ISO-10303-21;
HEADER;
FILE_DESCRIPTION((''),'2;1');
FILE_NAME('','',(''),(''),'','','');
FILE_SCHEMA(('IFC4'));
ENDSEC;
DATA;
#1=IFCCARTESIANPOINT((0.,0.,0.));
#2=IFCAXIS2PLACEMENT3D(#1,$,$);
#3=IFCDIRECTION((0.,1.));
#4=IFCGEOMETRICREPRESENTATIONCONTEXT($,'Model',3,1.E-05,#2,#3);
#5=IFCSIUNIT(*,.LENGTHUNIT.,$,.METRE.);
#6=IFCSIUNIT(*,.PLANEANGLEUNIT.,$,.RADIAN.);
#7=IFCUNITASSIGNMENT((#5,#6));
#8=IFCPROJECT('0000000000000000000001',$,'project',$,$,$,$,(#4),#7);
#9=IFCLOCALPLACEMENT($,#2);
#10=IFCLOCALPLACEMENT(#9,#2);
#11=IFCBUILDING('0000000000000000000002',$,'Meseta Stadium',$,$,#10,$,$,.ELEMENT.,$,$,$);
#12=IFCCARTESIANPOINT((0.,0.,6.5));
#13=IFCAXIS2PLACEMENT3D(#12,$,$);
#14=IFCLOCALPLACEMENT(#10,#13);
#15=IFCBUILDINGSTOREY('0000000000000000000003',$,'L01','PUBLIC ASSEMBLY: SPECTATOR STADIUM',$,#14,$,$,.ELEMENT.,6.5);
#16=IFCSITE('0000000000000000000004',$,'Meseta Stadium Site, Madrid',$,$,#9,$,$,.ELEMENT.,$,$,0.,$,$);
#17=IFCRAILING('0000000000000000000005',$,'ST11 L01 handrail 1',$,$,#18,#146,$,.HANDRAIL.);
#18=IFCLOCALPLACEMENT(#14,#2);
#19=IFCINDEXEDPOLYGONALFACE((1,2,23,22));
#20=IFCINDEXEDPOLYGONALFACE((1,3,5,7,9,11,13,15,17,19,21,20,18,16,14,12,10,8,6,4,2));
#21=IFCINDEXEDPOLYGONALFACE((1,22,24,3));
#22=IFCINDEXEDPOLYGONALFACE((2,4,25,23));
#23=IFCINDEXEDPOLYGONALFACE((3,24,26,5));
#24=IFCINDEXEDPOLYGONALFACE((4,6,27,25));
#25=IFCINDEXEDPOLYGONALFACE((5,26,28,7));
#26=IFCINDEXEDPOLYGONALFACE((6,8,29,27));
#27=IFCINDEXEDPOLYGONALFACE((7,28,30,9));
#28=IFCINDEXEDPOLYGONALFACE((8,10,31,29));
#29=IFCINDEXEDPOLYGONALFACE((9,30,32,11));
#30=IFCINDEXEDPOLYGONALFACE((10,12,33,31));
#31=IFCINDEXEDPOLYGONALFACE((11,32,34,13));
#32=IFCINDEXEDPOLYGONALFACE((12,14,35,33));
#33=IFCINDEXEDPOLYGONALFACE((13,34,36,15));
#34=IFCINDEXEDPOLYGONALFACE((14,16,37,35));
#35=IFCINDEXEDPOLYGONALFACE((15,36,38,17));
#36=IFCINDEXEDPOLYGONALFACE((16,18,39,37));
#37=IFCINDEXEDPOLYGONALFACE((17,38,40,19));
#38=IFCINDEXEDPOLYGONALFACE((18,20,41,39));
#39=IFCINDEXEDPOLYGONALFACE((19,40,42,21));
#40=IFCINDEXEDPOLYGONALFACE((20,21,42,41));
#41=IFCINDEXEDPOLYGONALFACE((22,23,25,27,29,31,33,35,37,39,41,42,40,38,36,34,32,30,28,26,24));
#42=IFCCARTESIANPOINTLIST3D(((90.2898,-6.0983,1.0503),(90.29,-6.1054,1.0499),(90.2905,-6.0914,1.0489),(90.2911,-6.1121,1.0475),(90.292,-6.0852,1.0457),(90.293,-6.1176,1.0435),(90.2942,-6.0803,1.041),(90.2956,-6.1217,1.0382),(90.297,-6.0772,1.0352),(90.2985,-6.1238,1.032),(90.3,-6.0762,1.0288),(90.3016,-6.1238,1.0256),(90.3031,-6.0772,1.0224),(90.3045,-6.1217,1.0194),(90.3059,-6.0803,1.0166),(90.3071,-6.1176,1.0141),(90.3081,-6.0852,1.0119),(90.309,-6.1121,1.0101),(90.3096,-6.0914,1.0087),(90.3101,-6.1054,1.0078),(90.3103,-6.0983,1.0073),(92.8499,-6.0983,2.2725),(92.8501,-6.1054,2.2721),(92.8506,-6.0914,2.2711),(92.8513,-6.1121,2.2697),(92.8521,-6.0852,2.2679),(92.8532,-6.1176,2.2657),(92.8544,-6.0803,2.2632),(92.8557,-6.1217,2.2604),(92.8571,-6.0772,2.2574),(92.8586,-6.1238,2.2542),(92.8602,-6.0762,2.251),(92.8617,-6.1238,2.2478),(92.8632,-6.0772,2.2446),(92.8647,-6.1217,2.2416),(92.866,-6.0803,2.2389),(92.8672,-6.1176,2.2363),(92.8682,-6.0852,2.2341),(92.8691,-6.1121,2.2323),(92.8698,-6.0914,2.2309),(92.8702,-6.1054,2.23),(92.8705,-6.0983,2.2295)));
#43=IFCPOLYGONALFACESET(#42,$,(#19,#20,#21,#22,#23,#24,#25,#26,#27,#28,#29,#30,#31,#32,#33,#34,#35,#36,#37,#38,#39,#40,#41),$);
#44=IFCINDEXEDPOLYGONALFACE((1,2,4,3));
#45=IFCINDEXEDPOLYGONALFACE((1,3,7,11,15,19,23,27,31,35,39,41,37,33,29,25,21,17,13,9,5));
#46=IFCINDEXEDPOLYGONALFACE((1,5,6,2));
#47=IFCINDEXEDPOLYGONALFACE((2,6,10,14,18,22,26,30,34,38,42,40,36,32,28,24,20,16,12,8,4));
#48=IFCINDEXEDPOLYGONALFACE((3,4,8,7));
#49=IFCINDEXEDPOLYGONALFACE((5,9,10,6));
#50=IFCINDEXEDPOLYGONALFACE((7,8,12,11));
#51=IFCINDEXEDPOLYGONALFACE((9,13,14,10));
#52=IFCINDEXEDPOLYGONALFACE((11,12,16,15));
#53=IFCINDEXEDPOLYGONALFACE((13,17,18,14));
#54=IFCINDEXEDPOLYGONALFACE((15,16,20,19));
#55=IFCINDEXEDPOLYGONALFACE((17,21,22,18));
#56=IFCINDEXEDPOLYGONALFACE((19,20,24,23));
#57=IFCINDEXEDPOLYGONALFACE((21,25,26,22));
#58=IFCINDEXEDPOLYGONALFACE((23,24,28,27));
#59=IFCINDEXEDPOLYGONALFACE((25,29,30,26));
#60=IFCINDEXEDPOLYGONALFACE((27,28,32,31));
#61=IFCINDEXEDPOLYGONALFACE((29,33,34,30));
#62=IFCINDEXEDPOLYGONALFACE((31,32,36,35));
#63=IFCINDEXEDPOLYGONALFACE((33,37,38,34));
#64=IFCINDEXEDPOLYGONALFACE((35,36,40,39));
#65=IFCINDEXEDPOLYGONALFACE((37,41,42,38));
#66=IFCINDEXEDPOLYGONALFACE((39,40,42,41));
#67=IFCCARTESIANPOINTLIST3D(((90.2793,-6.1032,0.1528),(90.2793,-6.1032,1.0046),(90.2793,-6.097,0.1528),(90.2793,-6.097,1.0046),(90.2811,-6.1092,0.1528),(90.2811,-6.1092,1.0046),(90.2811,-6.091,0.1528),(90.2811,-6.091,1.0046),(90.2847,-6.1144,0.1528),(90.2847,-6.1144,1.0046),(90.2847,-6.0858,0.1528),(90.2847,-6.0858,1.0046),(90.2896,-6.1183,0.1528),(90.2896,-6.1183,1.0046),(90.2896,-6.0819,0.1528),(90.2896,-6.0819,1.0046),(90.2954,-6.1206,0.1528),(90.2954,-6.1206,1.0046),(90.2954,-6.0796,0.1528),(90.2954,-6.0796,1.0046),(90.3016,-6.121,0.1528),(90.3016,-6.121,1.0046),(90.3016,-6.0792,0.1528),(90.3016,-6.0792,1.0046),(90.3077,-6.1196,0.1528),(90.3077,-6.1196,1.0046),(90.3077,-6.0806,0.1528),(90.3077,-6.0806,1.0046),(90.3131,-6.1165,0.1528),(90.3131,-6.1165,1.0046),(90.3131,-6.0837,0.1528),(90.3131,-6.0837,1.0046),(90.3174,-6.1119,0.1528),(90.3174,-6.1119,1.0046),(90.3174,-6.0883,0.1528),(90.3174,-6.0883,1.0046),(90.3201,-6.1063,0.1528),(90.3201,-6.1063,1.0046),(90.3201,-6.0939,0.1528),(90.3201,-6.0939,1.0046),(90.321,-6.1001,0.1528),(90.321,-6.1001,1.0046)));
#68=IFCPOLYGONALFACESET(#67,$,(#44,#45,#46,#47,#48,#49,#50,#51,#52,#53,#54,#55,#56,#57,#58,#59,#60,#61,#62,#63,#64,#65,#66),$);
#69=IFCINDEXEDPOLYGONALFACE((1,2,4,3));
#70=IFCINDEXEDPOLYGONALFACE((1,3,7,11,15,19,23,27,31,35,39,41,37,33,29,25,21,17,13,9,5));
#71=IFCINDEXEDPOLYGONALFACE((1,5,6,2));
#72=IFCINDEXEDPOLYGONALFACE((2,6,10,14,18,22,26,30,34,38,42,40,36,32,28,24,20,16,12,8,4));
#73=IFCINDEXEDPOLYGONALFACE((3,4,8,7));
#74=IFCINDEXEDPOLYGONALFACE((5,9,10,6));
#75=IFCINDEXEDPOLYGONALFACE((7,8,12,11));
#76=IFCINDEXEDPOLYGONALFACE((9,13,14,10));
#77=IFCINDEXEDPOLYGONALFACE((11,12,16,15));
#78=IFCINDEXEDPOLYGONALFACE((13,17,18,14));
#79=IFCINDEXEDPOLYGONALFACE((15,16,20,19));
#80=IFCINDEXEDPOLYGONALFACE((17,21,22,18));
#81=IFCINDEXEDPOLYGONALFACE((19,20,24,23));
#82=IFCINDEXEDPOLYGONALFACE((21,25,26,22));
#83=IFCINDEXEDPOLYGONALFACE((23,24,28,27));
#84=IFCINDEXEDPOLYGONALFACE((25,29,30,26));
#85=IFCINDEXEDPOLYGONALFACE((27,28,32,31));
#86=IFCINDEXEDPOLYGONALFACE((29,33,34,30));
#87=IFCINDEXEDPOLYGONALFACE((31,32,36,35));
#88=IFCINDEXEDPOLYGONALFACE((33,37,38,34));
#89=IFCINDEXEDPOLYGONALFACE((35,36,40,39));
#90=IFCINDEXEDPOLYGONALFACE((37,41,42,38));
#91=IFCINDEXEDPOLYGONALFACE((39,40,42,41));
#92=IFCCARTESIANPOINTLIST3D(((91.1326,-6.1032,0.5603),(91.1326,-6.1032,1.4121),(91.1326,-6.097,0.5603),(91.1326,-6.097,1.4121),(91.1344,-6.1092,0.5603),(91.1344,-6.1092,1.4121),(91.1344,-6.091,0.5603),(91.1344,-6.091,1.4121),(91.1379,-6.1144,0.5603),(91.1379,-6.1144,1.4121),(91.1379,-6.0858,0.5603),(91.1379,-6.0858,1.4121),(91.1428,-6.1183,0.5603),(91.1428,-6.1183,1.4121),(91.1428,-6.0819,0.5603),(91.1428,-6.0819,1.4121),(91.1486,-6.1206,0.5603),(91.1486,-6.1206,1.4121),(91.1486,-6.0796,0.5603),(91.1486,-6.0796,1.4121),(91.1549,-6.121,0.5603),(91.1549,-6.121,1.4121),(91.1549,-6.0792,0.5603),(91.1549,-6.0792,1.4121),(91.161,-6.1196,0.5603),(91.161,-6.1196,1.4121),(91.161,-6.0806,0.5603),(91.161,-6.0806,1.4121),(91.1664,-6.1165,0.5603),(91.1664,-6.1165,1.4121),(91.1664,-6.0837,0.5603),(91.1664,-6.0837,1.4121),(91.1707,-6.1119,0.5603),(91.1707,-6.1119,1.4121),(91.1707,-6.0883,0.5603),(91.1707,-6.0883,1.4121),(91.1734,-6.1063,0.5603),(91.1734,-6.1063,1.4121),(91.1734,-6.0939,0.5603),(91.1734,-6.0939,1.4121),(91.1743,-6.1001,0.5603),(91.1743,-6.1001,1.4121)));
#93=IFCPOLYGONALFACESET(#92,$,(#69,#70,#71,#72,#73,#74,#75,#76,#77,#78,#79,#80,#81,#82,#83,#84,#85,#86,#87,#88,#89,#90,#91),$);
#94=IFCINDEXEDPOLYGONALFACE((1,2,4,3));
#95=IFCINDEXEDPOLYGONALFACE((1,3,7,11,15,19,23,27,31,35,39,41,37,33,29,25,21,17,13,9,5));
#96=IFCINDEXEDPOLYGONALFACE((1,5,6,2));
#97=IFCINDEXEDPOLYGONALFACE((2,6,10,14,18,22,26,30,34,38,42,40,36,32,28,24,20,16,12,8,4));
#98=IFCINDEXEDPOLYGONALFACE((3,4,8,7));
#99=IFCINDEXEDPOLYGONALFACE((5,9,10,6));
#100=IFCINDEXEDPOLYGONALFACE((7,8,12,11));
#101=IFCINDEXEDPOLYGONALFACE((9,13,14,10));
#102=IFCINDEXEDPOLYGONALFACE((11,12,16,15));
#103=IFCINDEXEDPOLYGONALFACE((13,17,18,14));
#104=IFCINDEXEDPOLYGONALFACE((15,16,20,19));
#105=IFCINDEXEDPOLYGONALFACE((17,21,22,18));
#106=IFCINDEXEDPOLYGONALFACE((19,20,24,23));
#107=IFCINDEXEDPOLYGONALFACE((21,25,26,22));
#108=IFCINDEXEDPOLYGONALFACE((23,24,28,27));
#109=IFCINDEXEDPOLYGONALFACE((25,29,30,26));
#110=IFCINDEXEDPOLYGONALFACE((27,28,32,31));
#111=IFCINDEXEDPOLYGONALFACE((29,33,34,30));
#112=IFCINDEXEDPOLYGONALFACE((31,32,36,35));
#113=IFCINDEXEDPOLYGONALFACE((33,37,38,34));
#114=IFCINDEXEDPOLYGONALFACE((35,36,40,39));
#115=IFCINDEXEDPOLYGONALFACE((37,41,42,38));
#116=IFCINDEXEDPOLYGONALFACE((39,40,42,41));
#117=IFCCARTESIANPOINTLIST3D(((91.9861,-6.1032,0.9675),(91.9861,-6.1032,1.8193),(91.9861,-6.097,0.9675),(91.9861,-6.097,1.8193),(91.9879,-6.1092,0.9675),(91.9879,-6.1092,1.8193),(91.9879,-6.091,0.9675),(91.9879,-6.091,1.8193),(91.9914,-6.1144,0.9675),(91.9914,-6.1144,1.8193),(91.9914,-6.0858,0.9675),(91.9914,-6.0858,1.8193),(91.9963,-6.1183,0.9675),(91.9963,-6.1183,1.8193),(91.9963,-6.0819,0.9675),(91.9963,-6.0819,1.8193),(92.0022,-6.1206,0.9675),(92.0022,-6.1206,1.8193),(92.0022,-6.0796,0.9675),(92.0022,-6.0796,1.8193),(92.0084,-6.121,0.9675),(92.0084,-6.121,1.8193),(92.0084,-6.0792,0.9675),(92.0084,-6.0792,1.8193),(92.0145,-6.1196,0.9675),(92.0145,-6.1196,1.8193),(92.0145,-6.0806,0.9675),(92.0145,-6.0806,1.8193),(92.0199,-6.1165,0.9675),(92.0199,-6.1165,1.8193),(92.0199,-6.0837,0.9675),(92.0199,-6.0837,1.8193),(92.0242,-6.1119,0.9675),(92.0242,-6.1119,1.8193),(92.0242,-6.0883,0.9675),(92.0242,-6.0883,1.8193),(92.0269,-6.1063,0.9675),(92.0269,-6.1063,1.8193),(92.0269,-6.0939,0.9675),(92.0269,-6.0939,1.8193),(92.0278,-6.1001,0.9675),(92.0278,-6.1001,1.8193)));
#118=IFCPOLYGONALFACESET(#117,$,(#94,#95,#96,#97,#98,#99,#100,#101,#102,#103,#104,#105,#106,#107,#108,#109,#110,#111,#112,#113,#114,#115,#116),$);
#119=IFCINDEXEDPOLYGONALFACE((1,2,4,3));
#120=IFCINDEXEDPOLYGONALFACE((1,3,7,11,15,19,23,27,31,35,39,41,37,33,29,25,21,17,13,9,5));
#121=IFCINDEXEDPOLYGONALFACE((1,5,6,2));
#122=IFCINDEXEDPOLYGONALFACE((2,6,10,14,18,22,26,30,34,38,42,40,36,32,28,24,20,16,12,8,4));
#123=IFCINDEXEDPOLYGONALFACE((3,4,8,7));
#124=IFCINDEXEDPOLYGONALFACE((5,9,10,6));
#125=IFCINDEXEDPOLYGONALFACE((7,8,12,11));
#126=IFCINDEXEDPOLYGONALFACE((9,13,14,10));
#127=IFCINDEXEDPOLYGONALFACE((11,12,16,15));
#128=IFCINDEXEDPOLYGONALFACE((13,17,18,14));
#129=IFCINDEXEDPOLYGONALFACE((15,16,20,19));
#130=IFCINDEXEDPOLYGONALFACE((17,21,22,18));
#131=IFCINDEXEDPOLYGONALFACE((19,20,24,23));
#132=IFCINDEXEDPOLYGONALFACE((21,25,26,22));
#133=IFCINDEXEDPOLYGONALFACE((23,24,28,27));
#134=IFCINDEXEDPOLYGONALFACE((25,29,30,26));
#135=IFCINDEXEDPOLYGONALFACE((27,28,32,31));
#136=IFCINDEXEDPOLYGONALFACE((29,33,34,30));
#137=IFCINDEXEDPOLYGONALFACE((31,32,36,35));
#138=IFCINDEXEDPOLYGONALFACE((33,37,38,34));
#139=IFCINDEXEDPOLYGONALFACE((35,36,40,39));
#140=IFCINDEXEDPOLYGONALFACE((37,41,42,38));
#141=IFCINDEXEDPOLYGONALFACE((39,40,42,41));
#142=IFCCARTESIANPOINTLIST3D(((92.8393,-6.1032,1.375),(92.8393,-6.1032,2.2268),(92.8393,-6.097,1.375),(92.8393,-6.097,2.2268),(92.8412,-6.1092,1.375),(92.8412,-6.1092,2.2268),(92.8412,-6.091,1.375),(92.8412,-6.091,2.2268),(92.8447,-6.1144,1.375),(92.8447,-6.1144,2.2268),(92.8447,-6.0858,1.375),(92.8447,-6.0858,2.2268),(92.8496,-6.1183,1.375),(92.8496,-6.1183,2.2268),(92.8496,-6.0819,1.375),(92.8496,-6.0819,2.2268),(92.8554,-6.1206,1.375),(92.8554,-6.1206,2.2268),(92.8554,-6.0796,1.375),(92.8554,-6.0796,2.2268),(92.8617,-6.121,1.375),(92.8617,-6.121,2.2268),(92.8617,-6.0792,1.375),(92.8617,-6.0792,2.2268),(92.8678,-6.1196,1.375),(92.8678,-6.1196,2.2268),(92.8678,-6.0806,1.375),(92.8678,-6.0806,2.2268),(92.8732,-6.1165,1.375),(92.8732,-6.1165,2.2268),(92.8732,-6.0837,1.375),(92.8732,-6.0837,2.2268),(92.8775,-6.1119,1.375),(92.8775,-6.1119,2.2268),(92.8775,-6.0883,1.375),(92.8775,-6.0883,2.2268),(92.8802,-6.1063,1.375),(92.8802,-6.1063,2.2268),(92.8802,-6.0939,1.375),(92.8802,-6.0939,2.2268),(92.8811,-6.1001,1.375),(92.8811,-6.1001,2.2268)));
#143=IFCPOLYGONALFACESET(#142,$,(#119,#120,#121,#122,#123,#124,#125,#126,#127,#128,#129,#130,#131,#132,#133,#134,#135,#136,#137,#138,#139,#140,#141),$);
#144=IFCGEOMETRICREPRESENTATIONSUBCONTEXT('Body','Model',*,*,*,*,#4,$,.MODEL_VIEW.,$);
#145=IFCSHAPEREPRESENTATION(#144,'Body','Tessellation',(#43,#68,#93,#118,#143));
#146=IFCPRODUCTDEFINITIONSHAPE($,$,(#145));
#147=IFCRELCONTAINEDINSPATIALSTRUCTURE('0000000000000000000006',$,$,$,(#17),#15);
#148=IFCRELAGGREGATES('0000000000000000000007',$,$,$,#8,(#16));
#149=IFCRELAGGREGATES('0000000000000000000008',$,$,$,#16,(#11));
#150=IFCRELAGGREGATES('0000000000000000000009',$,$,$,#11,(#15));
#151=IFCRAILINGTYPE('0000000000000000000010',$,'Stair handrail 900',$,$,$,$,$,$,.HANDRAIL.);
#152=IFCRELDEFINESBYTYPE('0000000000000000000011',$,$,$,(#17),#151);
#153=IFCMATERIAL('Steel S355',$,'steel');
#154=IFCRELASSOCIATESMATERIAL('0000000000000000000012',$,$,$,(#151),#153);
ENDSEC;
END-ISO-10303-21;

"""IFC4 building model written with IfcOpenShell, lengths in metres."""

from ifc_helpers import new_model, si_unit, direction, frame, origin, origin_2d, place, context, subcontext, project, spatial, circle, extrude, material, type_object, element, save


model = new_model("IFC4")

# Units and contexts
model_context = context("Model", 3, precision=1e-05, world=origin(), true_north=direction((0.0, 1.0)))
body_context = subcontext(model_context, "Body", "Model", "MODEL_VIEW")
ifc_project = project(units=[si_unit("LENGTHUNIT", "METRE"), si_unit("PLANEANGLEUNIT", "RADIAN")], contexts=[model_context])

# Site, building, storey
site_placement = place(None, origin())
site = spatial("IfcSite", under=ifc_project, at=site_placement, Name="Meseta Stadium Site, Madrid", CompositionType="ELEMENT", RefElevation=0.0)
building_placement = place(site_placement, origin())
building = spatial("IfcBuilding", under=site, at=building_placement, Name="Meseta Stadium", CompositionType="ELEMENT")
storey_placement = place(building_placement, frame((0.0, 0.0, 6.5)))
storey = spatial("IfcBuildingStorey", under=building, at=storey_placement, Name="L01", Description="PUBLIC ASSEMBLY: SPECTATOR STADIUM", CompositionType="ELEMENT", Elevation=6.5)

# Railing
ifc_material_1 = material(Name="Steel S355", Category="steel")
railing_type_1 = type_object("IfcRailingType", Name="Stair handrail 900", PredefinedType="HANDRAIL", material=ifc_material_1)
for number, where, name in (
    (1, (90.3, -6.1001, 0.1528), "ST11 L01 handrail 1"),
):
    element("IfcRailing", number, at=place(storey_placement, frame(where)), inside=storey, type_object=railing_type_1, Name=name, PredefinedType="HANDRAIL", context=body_context, shape_type="SweptSolid", body=[
        extrude(circle(Radius=0.0239, at=origin_2d()), frame((0.0, 0.0, 0.876), z_axis=(0.902437, 0.0, 0.430822), x_axis=(0.0, 1.0, 0.0)), (0.0, 0.0, 1.0), 2.8369),
        extrude(circle(Radius=0.021, at=origin_2d()), origin(), (0.0, 0.0, 1.0), 0.8518),
        extrude(circle(Radius=0.021, at=origin_2d()), frame((0.8533, 0.0, 0.4075)), (0.0, 0.0, 1.0), 0.8518),
        extrude(circle(Radius=0.021, at=origin_2d()), frame((1.7068, 0.0, 0.8147)), (0.0, 0.0, 1.0), 0.8518),
        extrude(circle(Radius=0.021, at=origin_2d()), frame((2.5601, 0.0, 1.2222)), (0.0, 0.0, 1.0), 0.8518),
    ])

save(model, "model.ifc")
